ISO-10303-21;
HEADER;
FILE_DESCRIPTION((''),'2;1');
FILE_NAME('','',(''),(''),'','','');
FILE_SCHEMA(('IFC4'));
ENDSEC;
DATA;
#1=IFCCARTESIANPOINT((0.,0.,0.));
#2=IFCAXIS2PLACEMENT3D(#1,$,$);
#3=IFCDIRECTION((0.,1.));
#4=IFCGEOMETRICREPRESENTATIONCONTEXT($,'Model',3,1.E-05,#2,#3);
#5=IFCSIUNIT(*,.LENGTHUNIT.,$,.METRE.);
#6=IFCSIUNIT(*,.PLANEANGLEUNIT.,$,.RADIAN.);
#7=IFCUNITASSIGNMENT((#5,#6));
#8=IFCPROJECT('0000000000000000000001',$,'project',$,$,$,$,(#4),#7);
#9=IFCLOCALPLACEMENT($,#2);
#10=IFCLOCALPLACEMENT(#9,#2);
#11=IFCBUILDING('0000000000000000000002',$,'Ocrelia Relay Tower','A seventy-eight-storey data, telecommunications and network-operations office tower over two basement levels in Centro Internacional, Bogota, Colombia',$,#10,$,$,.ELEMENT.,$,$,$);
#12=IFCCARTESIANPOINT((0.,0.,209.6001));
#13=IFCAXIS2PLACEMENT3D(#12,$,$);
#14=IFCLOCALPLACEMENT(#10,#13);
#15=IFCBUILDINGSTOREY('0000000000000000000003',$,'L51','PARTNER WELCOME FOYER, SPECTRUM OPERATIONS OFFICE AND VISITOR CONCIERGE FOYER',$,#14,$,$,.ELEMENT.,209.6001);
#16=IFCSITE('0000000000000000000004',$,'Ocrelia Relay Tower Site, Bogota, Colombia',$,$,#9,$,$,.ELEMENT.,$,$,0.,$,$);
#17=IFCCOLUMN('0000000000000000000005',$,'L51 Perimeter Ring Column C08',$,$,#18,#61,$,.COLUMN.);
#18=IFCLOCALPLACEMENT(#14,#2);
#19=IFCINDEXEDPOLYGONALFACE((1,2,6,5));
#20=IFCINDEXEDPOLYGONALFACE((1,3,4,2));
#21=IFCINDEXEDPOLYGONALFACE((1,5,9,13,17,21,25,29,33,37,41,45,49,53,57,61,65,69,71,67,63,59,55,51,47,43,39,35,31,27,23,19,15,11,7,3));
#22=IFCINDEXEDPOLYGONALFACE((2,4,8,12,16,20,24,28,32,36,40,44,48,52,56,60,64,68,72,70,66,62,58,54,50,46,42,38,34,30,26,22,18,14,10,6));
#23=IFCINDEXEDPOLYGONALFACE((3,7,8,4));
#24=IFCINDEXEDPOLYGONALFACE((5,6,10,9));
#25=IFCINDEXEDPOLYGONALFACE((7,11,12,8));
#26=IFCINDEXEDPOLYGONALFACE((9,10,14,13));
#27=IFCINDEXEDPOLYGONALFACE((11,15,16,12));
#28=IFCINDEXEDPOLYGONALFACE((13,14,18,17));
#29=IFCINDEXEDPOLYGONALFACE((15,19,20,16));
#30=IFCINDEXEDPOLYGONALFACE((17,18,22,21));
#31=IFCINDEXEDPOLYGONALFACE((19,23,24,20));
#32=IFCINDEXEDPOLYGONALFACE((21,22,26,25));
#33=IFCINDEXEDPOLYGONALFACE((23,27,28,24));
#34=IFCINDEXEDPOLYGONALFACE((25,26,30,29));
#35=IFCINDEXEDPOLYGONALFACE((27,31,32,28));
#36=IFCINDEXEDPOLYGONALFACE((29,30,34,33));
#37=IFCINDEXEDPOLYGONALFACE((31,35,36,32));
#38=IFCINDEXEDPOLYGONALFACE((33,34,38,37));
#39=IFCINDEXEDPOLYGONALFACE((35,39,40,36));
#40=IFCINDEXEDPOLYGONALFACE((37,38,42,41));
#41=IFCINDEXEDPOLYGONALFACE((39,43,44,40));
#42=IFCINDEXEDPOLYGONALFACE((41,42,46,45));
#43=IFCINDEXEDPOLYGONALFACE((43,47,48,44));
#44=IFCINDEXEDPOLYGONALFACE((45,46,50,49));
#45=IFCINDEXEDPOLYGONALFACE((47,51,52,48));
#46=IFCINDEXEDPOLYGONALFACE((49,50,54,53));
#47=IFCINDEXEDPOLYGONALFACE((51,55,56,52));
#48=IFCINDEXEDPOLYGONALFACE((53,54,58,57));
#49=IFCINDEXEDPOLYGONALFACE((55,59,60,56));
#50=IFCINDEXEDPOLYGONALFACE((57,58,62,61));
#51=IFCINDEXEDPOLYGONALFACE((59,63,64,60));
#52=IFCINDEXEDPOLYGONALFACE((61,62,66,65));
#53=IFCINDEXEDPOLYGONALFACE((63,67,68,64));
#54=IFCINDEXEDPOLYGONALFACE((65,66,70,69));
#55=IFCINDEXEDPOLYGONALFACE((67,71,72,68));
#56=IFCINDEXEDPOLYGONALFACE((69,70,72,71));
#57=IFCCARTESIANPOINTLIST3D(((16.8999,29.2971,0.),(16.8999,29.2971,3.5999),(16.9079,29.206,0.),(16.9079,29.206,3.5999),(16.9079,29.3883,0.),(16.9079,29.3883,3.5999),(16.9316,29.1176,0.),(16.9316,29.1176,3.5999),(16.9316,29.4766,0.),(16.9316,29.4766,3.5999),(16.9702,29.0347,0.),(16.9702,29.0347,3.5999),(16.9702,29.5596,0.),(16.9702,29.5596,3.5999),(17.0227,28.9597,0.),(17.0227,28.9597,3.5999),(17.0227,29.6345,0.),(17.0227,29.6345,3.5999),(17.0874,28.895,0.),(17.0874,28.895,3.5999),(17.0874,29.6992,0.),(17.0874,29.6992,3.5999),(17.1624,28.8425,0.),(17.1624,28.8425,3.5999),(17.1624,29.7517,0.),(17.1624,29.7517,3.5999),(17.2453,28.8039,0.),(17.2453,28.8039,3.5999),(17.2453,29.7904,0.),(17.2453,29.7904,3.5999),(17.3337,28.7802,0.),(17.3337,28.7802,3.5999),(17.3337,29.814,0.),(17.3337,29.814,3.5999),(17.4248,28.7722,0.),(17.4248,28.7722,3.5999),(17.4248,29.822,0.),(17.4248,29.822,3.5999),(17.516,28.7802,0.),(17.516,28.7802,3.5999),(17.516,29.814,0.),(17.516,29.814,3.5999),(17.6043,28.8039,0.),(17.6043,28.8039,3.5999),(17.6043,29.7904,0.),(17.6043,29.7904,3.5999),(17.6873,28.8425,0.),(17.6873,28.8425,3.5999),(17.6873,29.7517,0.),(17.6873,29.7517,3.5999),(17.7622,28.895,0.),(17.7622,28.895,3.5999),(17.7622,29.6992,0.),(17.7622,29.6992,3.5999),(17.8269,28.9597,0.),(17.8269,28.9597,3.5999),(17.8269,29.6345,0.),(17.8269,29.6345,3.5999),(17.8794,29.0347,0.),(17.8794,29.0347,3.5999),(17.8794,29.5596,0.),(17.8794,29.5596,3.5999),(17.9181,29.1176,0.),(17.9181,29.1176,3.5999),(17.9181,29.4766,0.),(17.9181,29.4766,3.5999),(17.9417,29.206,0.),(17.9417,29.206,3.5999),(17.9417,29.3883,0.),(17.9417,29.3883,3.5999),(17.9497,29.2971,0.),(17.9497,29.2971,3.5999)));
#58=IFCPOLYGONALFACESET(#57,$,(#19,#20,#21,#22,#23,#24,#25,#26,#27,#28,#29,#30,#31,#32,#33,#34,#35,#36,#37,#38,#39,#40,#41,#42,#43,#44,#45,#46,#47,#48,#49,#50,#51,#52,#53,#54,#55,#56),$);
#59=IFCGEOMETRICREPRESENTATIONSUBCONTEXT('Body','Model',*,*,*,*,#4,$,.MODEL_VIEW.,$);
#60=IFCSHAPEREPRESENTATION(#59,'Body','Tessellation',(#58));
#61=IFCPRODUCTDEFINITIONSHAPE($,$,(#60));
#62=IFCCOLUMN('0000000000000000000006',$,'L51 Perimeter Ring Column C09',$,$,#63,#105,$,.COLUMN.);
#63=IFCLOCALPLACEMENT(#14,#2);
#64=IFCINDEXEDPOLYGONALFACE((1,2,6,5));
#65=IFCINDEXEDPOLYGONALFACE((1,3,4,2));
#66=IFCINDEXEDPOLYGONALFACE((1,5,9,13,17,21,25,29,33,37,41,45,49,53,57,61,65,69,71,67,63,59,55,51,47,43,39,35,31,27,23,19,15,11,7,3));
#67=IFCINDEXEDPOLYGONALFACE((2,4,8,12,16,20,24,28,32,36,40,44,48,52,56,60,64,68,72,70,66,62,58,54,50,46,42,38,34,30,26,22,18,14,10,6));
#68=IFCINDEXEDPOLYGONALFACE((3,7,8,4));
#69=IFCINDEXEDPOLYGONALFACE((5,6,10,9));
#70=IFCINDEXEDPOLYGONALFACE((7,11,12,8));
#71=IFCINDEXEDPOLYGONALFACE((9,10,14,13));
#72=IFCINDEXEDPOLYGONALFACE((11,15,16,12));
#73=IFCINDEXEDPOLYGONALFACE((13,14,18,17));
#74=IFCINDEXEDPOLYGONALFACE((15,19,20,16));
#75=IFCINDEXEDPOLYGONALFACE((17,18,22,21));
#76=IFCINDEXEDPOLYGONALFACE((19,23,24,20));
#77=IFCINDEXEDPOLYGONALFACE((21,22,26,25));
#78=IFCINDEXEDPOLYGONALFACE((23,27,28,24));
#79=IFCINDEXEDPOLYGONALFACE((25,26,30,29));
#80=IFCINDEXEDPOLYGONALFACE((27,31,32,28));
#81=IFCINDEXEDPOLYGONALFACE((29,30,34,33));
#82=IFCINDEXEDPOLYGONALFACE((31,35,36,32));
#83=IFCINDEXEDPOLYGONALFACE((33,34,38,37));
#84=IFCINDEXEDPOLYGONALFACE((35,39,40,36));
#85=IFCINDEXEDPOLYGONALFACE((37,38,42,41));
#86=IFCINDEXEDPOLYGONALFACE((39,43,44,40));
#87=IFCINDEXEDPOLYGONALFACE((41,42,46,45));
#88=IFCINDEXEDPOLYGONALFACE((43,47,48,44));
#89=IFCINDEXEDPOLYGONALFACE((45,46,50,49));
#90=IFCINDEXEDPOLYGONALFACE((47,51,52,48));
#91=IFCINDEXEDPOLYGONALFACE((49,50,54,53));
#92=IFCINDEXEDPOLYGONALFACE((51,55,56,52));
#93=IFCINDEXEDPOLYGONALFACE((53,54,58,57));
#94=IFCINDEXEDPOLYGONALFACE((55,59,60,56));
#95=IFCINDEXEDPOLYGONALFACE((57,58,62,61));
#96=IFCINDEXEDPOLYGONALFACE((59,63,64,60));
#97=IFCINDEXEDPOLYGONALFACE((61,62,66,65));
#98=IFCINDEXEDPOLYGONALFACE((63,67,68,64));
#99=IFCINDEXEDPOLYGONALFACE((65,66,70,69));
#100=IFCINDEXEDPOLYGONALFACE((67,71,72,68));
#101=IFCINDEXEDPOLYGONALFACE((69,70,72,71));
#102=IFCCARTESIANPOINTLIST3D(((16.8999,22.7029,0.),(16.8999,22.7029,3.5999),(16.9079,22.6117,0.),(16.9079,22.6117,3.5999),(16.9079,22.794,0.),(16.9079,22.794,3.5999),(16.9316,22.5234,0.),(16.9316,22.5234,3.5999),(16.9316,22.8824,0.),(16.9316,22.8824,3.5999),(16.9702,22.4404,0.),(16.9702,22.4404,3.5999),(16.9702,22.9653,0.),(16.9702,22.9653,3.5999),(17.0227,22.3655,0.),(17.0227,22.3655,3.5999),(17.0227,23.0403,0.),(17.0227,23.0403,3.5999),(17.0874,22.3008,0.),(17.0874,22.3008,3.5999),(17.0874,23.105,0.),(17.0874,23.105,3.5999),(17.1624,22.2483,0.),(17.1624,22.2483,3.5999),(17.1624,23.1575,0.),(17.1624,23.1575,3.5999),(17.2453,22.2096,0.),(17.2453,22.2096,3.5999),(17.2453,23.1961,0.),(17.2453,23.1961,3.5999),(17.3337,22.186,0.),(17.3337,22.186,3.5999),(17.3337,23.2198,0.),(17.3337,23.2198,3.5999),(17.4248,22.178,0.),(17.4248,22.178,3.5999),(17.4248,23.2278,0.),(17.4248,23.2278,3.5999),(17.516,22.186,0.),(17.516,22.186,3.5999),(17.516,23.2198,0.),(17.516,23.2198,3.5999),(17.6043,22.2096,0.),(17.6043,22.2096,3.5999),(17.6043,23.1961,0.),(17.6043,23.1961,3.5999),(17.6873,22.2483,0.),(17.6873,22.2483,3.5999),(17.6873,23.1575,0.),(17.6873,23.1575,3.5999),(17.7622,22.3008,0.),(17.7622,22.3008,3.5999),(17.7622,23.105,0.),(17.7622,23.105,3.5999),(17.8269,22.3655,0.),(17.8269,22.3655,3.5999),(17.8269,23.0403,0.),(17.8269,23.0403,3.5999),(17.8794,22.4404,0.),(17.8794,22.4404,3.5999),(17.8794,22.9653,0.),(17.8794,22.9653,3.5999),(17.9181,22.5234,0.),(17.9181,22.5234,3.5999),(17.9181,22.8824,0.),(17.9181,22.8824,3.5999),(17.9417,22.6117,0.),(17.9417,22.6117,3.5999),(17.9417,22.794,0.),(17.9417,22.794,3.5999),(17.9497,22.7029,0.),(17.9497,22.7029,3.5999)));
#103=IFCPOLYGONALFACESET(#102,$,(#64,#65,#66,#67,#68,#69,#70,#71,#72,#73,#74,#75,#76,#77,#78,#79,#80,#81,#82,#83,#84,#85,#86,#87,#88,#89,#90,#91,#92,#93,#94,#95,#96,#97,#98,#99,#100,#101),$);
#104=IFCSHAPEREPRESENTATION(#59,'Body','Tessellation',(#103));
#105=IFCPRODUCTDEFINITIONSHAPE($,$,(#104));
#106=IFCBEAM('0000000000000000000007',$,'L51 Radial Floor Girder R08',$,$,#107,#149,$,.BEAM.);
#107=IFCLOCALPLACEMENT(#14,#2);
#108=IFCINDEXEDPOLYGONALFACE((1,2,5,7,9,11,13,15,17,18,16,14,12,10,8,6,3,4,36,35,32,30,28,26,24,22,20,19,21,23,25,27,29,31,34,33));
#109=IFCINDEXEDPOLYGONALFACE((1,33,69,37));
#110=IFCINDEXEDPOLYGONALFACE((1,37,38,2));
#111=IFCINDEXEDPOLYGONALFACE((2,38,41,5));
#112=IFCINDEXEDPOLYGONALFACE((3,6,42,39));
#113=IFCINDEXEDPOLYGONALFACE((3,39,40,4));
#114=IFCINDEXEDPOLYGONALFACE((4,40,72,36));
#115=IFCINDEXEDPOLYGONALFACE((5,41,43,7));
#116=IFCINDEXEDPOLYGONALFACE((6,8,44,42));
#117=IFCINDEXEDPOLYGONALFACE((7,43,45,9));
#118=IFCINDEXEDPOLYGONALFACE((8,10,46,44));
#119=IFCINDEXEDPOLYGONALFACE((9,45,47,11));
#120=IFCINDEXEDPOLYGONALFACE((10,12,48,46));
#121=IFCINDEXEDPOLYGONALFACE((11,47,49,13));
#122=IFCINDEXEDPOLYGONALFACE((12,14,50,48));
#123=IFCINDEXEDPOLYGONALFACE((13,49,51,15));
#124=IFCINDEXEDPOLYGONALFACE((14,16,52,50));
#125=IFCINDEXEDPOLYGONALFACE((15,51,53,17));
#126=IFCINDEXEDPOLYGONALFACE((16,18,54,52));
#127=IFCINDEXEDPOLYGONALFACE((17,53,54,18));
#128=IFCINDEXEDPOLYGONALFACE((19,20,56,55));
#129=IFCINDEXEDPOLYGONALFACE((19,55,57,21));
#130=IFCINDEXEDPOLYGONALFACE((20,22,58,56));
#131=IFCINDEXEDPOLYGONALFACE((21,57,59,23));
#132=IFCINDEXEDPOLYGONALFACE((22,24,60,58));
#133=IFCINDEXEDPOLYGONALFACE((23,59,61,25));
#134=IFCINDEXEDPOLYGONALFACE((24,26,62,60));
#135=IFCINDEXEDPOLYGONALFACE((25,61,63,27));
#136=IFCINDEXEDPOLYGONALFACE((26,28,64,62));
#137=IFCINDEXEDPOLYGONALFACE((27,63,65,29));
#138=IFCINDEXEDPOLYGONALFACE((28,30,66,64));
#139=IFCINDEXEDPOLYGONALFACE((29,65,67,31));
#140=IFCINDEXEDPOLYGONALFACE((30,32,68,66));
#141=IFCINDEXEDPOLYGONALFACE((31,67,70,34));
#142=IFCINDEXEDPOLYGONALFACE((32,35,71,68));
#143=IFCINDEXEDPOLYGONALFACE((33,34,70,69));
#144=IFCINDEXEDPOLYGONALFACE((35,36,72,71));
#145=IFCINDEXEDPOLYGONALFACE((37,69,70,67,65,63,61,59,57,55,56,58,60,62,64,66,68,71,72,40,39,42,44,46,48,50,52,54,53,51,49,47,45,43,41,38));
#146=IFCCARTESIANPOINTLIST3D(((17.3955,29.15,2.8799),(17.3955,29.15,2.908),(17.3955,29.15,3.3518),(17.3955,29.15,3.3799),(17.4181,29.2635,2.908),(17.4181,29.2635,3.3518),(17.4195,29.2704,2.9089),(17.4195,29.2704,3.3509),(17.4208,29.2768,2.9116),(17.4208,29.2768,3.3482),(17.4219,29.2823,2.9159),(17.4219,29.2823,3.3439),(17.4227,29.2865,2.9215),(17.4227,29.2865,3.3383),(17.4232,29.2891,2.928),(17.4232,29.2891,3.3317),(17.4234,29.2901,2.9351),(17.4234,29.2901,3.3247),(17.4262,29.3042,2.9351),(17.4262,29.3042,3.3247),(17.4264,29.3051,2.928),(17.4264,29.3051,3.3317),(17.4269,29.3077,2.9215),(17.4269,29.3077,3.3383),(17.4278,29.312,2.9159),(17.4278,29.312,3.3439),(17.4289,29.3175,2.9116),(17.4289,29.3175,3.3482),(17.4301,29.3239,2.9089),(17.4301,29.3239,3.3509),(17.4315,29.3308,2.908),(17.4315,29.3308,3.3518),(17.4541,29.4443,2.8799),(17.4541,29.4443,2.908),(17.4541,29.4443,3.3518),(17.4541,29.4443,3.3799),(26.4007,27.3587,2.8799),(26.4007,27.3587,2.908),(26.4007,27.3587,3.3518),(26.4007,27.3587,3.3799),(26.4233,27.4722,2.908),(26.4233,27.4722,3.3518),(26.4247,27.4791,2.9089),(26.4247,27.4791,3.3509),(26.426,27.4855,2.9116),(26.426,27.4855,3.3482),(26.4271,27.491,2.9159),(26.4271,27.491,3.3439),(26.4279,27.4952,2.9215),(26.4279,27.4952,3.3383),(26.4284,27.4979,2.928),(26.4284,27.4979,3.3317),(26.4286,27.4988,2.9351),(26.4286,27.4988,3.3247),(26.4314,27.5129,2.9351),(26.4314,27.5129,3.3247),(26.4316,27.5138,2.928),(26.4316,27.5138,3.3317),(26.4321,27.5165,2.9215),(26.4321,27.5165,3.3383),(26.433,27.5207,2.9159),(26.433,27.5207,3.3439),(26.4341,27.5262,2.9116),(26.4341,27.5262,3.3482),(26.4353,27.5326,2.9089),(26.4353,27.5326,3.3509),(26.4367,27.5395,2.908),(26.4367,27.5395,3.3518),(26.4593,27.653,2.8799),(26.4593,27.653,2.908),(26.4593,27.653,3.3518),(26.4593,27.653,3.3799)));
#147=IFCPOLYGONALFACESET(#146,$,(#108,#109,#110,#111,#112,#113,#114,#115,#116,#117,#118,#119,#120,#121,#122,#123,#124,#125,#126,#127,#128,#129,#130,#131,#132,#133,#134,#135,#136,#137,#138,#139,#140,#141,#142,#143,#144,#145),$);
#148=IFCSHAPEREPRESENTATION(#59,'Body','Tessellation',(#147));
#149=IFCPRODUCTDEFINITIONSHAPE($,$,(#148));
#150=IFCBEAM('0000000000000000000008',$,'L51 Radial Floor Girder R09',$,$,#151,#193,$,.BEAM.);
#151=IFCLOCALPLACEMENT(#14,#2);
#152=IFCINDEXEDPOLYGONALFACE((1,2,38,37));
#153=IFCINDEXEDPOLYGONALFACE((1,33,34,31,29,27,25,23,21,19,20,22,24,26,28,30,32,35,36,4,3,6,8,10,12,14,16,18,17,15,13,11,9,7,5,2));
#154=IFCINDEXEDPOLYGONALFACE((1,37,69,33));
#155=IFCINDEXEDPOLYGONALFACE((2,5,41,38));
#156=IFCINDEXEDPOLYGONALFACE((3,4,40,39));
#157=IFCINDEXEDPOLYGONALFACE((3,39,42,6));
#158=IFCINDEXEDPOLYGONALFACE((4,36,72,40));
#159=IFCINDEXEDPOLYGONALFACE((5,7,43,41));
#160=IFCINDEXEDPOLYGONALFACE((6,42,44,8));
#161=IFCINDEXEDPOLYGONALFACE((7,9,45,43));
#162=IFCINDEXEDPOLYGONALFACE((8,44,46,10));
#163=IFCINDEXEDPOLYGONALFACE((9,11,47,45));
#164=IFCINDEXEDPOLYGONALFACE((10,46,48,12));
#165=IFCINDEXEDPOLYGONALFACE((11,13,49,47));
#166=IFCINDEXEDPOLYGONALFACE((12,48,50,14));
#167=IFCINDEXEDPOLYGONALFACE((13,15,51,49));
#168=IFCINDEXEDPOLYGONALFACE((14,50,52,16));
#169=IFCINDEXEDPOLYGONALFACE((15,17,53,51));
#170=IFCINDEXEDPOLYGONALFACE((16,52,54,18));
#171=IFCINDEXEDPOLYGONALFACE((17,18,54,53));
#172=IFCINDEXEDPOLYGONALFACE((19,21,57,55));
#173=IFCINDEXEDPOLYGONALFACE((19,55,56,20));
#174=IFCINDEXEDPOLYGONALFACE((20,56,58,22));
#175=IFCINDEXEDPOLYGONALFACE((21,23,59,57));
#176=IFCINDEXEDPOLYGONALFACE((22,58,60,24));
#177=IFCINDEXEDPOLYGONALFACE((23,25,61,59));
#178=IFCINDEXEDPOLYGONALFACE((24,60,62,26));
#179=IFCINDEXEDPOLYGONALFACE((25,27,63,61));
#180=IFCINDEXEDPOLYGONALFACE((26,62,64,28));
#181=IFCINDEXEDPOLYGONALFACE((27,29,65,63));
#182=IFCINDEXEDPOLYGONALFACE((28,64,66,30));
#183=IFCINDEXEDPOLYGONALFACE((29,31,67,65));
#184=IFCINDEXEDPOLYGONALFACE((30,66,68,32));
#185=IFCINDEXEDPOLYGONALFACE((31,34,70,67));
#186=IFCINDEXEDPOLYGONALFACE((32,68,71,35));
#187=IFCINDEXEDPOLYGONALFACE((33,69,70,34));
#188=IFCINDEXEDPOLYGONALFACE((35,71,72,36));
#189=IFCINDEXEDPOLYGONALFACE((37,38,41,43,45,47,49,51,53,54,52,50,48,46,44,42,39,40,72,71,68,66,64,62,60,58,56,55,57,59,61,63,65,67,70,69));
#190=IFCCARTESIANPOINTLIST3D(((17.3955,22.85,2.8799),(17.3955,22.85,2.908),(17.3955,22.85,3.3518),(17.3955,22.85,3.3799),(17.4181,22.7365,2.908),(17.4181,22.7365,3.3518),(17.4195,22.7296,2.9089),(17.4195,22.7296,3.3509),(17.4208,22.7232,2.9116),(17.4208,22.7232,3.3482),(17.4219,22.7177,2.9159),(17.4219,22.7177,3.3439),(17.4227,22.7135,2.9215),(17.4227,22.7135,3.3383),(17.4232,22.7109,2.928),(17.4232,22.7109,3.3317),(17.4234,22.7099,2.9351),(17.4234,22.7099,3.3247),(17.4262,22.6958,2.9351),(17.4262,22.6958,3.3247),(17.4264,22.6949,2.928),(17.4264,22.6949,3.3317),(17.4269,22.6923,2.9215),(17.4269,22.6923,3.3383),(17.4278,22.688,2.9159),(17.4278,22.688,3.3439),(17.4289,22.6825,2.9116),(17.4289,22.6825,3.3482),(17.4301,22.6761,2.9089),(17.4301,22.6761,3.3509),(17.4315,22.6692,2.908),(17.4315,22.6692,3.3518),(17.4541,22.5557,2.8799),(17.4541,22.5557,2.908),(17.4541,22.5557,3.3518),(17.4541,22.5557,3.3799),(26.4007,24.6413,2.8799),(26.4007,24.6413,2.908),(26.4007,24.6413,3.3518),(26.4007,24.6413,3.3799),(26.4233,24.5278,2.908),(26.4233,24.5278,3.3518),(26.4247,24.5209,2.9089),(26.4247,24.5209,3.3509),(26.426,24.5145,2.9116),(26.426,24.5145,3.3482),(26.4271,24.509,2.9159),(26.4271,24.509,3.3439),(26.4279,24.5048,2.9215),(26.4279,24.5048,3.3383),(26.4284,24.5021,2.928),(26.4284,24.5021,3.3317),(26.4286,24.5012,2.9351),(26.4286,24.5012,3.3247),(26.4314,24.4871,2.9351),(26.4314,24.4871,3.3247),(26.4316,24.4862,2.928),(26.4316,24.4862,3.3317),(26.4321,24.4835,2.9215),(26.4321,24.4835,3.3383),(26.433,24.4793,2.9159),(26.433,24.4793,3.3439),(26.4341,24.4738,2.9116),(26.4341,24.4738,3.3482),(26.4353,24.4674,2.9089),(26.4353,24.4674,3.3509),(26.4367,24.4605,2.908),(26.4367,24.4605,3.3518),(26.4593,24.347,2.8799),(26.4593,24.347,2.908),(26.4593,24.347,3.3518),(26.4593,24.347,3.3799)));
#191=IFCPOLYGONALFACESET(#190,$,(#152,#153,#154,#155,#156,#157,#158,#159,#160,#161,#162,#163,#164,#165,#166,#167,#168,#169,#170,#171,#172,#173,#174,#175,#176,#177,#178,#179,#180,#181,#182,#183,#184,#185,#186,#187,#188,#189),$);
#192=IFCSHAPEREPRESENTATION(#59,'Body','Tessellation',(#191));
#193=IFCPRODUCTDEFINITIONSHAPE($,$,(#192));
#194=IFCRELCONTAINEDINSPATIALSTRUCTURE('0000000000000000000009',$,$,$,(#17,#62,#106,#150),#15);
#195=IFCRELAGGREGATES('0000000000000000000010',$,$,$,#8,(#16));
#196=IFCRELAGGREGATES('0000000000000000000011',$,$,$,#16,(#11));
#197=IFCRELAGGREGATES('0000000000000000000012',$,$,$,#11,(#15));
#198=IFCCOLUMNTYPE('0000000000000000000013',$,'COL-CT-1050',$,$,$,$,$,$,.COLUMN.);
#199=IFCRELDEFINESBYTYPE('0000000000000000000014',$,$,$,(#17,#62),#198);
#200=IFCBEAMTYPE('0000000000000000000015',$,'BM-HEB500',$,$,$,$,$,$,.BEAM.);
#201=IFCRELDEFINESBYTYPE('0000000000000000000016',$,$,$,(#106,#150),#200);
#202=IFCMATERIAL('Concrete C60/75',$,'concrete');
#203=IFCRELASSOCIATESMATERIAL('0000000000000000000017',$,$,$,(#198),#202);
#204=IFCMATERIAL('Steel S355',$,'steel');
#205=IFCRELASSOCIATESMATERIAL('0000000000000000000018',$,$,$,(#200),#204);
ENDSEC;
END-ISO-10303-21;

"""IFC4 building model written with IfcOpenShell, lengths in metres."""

from ifc_helpers import new_model, si_unit, direction, frame, origin, origin_2d, place, context, subcontext, project, spatial, circle, i_section, extrude, material, material_profile, profile_set, type_object, element, save


model = new_model("IFC4")

# Units and contexts
model_context = context("Model", 3, precision=1e-05, world=origin(), true_north=direction((0.0, 1.0)))
body_context = subcontext(model_context, "Body", "Model", "MODEL_VIEW")
ifc_project = project(units=[si_unit("LENGTHUNIT", "METRE"), si_unit("PLANEANGLEUNIT", "RADIAN")], contexts=[model_context])

# Site, building, storey
site_placement = place(None, origin())
site = spatial("IfcSite", under=ifc_project, at=site_placement, Name="Ocrelia Relay Tower Site, Bogota, Colombia", CompositionType="ELEMENT", RefElevation=0.0)
building_placement = place(site_placement, origin())
building = spatial("IfcBuilding", under=site, at=building_placement, Name="Ocrelia Relay Tower", Description="A seventy-eight-storey data, telecommunications and network-operations office tower over two basement levels in Centro Internacional, Bogota, Colombia", CompositionType="ELEMENT")
storey_placement = place(building_placement, frame((0.0, 0.0, 209.6001)))
storey = spatial("IfcBuildingStorey", under=building, at=storey_placement, Name="L51", Description="PARTNER WELCOME FOYER, SPECTRUM OPERATIONS OFFICE AND VISITOR CONCIERGE FOYER", CompositionType="ELEMENT", Elevation=209.6001)

# Columns
ifc_material_1 = material(Name="Concrete C60/75", Category="concrete")
ifc_material_profile_1 = material_profile(ifc_material_1, circle(Radius=0.5249, at=origin_2d()), Name="RC-CIR-1050")
ifc_profile_set_1 = profile_set([ifc_material_profile_1], Name="Concrete C60/75")
column_type = type_object("IfcColumnType", Name="COL-CT-1050", PredefinedType="COLUMN", material=ifc_profile_set_1)
for number, where, z_axis, x_axis, name in (
    (1, (17.4248, 29.2971, 0.0), (0.0, 0.0, 1.0), (1.0, 0.0, 0.0), "L51 Perimeter Ring Column C08"),
    (2, (17.4248, 22.7029, 0.0), (0.0, 0.0, 1.0), (1.0, 0.0, 0.0), "L51 Perimeter Ring Column C09"),
):
    element("IfcColumn", number, at=place(storey_placement, frame(where, z_axis=z_axis, x_axis=x_axis)), inside=storey, type_object=column_type, Name=name, PredefinedType="COLUMN", context=body_context, shape_type="SweptSolid", body=[
        extrude(circle(Radius=0.5249, at=origin_2d()), origin(), (0.0, 0.0, 1.0), 3.5999),
    ])

# Beams
ifc_material_2 = material(Name="Steel S355", Category="steel")
ifc_material_profile_2 = material_profile(ifc_material_2, i_section(OverallWidth=0.3, OverallDepth=0.5, WebThickness=0.0144, FlangeThickness=0.0281, FilletRadius=0.0271, at=origin_2d()), Name="HEB 500")
ifc_profile_set_2 = profile_set([ifc_material_profile_2], Name="Steel S355")
beam_type_1 = type_object("IfcBeamType", Name="BM-HEB500", PredefinedType="BEAM", material=ifc_profile_set_2)
for number, where, z_axis, x_axis, name in (
    (3, (17.4248, 29.2971, 3.1299), (0.980785, -0.195093, 0.0), (0.195093, 0.980785, 0.0), "L51 Radial Floor Girder R08"),
    (4, (17.4248, 22.7029, 3.1299), (0.980785, 0.195093, 0.0), (-0.195093, 0.980785, 0.0), "L51 Radial Floor Girder R09"),
):
    element("IfcBeam", number, at=place(storey_placement, frame(where, z_axis=z_axis, x_axis=x_axis)), inside=storey, type_object=beam_type_1, Name=name, PredefinedType="BEAM", context=body_context, shape_type="SweptSolid", body=[
        extrude(i_section(OverallWidth=0.3, OverallDepth=0.5, WebThickness=0.0144, FlangeThickness=0.0281, FilletRadius=0.0271, at=origin_2d()), origin(), (0.0, 0.0, 1.0), 9.1816),
    ])

save(model, "model.ifc")
